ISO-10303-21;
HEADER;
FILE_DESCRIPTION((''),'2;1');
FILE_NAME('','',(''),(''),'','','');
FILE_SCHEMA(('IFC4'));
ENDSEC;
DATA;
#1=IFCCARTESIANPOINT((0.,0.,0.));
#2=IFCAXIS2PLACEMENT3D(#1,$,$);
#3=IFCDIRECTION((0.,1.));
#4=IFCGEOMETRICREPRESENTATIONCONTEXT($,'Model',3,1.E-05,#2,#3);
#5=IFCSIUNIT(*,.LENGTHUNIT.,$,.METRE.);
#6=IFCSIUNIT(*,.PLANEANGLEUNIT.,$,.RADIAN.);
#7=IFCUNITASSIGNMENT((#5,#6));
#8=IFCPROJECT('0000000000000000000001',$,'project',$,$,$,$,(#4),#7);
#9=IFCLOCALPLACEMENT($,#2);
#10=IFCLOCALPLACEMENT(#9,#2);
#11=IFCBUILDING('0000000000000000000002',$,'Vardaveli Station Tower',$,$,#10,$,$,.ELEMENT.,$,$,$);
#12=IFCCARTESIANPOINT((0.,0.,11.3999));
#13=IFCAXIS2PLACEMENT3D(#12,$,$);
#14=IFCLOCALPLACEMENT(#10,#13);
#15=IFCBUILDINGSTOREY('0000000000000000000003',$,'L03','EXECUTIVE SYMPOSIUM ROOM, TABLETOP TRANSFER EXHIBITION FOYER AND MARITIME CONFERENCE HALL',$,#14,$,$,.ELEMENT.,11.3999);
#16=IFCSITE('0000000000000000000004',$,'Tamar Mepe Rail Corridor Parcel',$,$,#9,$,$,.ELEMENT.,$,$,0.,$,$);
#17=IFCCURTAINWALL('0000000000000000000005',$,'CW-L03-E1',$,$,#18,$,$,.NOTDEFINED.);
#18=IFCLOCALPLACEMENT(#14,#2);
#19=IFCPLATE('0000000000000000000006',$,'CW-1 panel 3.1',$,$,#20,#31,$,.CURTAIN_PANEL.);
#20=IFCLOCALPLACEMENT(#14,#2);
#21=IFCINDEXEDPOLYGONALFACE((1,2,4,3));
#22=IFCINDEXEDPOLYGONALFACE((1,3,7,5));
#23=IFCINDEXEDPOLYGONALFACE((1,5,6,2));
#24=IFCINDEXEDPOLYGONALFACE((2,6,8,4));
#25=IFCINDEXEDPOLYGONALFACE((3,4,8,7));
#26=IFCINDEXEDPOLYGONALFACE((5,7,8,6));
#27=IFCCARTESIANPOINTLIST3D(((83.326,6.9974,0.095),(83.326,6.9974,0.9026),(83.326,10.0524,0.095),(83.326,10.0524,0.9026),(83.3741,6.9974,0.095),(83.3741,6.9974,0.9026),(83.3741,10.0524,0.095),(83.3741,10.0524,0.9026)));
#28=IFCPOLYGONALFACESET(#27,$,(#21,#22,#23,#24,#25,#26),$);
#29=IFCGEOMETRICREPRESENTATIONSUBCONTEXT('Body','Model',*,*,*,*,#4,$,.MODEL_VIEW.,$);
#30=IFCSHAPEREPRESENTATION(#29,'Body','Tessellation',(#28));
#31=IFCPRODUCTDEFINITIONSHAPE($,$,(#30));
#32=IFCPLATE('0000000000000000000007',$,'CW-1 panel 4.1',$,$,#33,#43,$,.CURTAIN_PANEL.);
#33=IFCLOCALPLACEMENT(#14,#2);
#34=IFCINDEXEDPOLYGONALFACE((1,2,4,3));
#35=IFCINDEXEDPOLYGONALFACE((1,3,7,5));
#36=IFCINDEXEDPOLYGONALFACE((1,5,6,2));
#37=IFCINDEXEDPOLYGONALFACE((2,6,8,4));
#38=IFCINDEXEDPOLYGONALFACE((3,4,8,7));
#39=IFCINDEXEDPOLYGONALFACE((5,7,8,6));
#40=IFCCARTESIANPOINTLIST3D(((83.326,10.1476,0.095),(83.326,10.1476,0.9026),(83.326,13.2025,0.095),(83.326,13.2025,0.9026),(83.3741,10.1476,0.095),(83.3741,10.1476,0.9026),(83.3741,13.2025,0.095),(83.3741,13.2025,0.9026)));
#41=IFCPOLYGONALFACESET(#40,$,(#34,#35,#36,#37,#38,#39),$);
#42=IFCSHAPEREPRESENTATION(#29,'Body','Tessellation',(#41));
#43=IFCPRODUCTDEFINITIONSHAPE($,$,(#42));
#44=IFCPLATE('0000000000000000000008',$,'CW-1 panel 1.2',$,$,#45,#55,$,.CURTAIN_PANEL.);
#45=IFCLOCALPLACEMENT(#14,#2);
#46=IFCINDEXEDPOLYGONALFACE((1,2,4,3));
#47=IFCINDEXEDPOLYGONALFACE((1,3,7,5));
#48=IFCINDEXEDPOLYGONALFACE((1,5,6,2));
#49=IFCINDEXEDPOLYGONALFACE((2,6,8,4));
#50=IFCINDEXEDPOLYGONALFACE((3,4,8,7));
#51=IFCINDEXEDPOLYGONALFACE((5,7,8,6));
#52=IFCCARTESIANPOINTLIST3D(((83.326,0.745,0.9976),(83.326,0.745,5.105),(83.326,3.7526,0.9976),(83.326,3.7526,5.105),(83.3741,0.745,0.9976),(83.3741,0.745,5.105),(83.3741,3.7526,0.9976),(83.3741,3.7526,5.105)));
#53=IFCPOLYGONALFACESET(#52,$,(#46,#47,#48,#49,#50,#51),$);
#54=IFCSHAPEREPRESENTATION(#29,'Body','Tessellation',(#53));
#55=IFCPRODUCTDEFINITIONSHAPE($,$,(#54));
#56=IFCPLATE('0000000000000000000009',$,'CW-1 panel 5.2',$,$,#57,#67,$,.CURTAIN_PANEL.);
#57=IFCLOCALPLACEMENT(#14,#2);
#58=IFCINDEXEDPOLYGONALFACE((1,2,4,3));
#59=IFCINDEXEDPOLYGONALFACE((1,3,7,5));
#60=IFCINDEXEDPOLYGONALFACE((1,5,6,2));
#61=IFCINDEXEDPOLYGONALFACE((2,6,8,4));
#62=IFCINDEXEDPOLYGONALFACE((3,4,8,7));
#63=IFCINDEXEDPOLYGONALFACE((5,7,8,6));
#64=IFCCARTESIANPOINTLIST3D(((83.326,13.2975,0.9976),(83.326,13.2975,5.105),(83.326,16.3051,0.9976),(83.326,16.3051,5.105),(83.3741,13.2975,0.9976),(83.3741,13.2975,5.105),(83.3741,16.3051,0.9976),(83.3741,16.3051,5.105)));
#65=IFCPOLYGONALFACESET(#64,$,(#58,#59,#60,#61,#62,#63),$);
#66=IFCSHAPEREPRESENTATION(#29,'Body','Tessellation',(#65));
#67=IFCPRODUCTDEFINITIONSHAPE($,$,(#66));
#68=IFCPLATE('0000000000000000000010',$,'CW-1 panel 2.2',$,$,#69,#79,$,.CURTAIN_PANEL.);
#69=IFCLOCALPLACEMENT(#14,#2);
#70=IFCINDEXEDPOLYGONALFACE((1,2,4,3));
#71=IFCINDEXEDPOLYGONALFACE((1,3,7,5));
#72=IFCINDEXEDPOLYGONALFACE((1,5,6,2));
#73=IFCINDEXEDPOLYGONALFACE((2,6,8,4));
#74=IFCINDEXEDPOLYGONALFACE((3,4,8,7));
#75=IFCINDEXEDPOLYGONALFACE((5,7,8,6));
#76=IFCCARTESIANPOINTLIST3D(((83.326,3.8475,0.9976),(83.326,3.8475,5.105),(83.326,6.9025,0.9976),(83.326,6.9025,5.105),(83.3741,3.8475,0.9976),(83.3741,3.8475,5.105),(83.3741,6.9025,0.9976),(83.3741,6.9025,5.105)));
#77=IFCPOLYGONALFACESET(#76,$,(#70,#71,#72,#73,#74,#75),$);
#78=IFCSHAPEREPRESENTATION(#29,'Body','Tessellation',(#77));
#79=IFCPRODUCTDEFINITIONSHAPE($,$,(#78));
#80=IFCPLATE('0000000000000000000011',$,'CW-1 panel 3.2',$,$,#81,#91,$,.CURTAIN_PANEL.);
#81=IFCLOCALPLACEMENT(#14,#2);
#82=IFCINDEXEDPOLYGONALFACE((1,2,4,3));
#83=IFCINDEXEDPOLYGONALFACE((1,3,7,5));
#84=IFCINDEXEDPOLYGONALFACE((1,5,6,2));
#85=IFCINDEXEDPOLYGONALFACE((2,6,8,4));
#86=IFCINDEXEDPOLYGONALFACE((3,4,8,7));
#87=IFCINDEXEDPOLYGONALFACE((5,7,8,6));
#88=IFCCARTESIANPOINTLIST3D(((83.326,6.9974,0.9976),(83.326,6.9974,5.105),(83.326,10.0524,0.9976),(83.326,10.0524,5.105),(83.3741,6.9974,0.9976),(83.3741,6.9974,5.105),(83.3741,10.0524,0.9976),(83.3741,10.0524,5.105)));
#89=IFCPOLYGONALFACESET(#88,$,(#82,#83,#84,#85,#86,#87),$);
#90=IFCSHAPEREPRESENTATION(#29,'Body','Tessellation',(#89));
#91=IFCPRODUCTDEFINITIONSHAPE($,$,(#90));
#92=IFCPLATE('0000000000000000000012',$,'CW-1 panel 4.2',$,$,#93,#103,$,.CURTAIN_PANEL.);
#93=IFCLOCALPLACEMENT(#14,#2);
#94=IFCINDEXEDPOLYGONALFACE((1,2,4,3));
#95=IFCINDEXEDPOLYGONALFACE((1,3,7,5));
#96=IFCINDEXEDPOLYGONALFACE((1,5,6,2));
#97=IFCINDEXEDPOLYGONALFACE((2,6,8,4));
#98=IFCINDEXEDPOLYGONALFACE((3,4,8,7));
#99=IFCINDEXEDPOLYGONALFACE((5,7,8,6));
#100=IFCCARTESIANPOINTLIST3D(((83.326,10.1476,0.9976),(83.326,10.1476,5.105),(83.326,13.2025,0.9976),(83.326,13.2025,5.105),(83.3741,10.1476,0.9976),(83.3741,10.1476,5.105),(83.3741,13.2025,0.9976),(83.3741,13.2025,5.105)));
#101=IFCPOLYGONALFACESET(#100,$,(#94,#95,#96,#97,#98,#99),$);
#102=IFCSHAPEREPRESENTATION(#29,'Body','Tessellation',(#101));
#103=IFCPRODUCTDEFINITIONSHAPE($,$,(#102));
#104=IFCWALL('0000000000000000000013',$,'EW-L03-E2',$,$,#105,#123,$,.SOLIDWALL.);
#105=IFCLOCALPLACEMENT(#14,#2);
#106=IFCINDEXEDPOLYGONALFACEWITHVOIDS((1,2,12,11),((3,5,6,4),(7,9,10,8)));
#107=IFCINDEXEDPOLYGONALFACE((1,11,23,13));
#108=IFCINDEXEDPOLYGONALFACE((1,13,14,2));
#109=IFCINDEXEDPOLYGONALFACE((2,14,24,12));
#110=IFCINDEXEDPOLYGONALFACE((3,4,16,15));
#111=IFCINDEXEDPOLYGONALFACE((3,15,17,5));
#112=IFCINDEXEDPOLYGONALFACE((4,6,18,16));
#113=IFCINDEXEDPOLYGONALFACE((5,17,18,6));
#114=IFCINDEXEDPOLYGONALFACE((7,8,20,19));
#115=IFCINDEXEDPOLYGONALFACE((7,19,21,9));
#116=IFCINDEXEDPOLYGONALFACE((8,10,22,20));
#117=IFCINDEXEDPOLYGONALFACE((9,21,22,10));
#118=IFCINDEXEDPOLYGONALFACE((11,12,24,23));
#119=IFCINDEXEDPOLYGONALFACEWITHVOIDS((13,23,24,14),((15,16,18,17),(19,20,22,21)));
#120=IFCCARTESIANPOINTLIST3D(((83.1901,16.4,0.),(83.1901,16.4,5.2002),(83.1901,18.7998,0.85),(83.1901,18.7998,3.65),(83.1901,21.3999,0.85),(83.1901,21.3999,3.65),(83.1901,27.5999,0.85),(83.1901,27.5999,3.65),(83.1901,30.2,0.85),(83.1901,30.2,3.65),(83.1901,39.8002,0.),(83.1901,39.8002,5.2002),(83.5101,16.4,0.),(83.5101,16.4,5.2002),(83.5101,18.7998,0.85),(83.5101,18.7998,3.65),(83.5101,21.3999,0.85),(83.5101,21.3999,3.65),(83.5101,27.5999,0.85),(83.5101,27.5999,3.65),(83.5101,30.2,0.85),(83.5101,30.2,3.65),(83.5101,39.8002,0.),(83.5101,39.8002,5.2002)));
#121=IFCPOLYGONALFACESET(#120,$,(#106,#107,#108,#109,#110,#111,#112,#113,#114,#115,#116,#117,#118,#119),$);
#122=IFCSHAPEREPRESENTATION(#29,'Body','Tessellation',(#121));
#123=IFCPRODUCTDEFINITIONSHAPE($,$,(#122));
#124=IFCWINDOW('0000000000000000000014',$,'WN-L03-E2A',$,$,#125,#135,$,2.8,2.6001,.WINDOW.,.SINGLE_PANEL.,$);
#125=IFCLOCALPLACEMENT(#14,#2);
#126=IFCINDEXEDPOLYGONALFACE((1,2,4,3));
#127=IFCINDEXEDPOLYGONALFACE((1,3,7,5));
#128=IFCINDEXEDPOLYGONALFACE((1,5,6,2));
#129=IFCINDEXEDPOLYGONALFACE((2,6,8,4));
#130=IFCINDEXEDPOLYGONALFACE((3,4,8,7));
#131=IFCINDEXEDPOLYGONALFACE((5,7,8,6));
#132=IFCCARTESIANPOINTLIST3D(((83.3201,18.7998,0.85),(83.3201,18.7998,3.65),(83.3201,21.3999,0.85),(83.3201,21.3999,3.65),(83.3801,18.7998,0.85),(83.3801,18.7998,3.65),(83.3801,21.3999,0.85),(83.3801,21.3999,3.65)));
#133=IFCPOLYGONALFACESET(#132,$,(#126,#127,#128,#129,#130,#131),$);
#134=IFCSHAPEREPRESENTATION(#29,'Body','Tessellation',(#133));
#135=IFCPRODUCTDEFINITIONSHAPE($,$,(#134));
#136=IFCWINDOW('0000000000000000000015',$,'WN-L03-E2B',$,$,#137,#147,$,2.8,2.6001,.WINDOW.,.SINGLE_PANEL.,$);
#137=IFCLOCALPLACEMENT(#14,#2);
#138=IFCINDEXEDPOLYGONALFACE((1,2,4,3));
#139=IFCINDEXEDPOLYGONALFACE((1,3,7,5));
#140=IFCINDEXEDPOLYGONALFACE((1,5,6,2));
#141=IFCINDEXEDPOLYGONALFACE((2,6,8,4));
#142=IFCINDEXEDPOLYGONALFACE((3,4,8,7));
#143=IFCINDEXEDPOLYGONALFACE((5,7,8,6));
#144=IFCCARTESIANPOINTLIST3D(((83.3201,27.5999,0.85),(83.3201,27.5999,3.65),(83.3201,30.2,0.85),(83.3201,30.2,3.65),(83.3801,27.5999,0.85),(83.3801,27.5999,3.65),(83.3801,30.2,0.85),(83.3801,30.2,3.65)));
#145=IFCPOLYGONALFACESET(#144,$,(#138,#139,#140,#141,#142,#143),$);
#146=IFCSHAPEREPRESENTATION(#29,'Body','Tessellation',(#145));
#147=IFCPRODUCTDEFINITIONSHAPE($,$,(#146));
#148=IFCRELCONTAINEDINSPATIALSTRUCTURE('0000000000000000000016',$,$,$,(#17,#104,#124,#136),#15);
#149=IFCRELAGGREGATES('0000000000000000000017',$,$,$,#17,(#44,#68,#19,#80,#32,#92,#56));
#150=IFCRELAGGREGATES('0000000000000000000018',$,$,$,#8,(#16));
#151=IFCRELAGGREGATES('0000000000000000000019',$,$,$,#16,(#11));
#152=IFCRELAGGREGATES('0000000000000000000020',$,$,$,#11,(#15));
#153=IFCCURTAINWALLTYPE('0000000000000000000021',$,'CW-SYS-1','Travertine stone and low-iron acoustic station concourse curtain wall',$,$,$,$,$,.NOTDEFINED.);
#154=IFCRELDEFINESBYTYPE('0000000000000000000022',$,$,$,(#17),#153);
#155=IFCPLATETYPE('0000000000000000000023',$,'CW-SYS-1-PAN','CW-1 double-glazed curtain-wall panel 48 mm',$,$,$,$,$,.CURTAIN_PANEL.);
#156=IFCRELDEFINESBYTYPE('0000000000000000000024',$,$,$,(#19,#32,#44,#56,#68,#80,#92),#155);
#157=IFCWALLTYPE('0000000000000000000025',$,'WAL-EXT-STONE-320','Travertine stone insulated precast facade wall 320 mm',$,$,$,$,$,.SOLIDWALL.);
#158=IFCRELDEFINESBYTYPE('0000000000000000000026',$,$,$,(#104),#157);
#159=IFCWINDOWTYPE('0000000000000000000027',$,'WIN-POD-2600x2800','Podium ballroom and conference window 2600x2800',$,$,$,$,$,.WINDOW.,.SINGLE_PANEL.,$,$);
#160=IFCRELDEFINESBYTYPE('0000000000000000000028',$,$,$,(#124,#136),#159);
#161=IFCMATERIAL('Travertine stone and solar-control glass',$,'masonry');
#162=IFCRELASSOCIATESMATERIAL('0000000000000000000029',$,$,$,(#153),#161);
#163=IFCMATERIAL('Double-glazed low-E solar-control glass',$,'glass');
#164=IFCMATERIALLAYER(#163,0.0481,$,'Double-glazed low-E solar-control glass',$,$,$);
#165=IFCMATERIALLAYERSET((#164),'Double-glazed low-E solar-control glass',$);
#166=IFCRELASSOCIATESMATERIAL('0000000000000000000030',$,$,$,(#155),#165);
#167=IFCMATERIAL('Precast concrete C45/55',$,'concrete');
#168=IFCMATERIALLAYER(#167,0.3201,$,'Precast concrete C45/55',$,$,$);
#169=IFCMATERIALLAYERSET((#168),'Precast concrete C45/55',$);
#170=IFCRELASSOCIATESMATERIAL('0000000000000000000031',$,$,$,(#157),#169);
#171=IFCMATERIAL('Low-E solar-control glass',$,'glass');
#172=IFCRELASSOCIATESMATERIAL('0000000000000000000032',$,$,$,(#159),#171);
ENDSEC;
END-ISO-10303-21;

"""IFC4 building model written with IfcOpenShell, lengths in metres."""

from ifc_helpers import new_model, si_unit, direction, frame, frame_2d, origin, origin_2d, place, context, subcontext, project, spatial, rectangle, extrude, source, transform, mapped, material, layer, layer_set, type_object, element, fill, aggregate, save


model = new_model("IFC4")

# Units and contexts
model_context = context("Model", 3, precision=1e-05, world=origin(), true_north=direction((0.0, 1.0)))
body_context = subcontext(model_context, "Body", "Model", "MODEL_VIEW")
ifc_project = project(units=[si_unit("LENGTHUNIT", "METRE"), si_unit("PLANEANGLEUNIT", "RADIAN")], contexts=[model_context])

# Site, building, storey
site_placement = place(None, origin())
site = spatial("IfcSite", under=ifc_project, at=site_placement, Name="Tamar Mepe Rail Corridor Parcel", CompositionType="ELEMENT", RefElevation=0.0)
building_placement = place(site_placement, origin())
building = spatial("IfcBuilding", under=site, at=building_placement, Name="Vardaveli Station Tower", CompositionType="ELEMENT")
storey_placement = place(building_placement, frame((0.0, 0.0, 11.3999)))
storey = spatial("IfcBuildingStorey", under=building, at=storey_placement, Name="L03", Description="EXECUTIVE SYMPOSIUM ROOM, TABLETOP TRANSFER EXHIBITION FOYER AND MARITIME CONFERENCE HALL", CompositionType="ELEMENT", Elevation=11.3999)

# Curtain wall, plates
ifc_material_1 = material(Name="Travertine stone and solar-control glass", Category="masonry")
curtain_wall_type = type_object("IfcCurtainWallType", Name="CW-SYS-1", Description="Travertine stone and low-iron acoustic station concourse curtain wall", PredefinedType="NOTDEFINED", material=ifc_material_1)
curtain_wall_placement = place(storey_placement, origin())
curtain_wall = element("IfcCurtainWall", 1, at=curtain_wall_placement, inside=storey, type_object=curtain_wall_type, Name="CW-L03-E1", PredefinedType="NOTDEFINED")
ifc_material_2 = material(Name="Double-glazed low-E solar-control glass", Category="glass")
ifc_layer_1 = layer(ifc_material_2, 0.0481, Name="Double-glazed low-E solar-control glass")
ifc_layer_set_1 = layer_set([ifc_layer_1], Name="Double-glazed low-E solar-control glass")
plate_type = type_object("IfcPlateType", Name="CW-SYS-1-PAN", Description="CW-1 double-glazed curtain-wall panel 48 mm", PredefinedType="CURTAIN_PANEL", material=ifc_layer_set_1)
shared_shape_1 = source(origin(), body_context, "Body", "SweptSolid", [
    extrude(rectangle(XDim=3.0549, YDim=0.0481, at=origin_2d()), origin(), (0.0, 0.0, 1.0), 0.8076),
])
plate_1_placement = place(storey_placement, frame((83.3501, 8.5249, 0.095), z_axis=(0.0, 0.0, 1.0), x_axis=(0.0, 1.0, 0.0)))
plate_1 = element("IfcPlate", 2, at=plate_1_placement, type_object=plate_type, Name="CW-1 panel 3.1", PredefinedType="CURTAIN_PANEL", context=body_context, shape_type="MappedRepresentation", body=[
    mapped(shared_shape_1, transform((0.0, 0.0, 0.0), scale=1.0)),
])
plate_2_placement = place(storey_placement, frame((83.3501, 11.675, 0.095), z_axis=(0.0, 0.0, 1.0), x_axis=(0.0, 1.0, 0.0)))
plate_2 = element("IfcPlate", 3, at=plate_2_placement, type_object=plate_type, Name="CW-1 panel 4.1", PredefinedType="CURTAIN_PANEL", context=body_context, shape_type="MappedRepresentation", body=[
    mapped(shared_shape_1, transform((0.0, 0.0, 0.0), scale=1.0)),
])
shared_shape_2 = source(origin(), body_context, "Body", "SweptSolid", [
    extrude(rectangle(XDim=3.0076, YDim=0.0481, at=origin_2d()), origin(), (0.0, 0.0, 1.0), 4.1074),
])
plate_3_placement = place(storey_placement, frame((83.3501, 2.2488, 0.9976), z_axis=(0.0, 0.0, 1.0), x_axis=(0.0, 1.0, 0.0)))
plate_3 = element("IfcPlate", 4, at=plate_3_placement, type_object=plate_type, Name="CW-1 panel 1.2", PredefinedType="CURTAIN_PANEL", context=body_context, shape_type="MappedRepresentation", body=[
    mapped(shared_shape_2, transform((0.0, 0.0, 0.0), scale=1.0)),
])
plate_4_placement = place(storey_placement, frame((83.3501, 14.8013, 0.9976), z_axis=(0.0, 0.0, 1.0), x_axis=(0.0, 1.0, 0.0)))
plate_4 = element("IfcPlate", 5, at=plate_4_placement, type_object=plate_type, Name="CW-1 panel 5.2", PredefinedType="CURTAIN_PANEL", context=body_context, shape_type="MappedRepresentation", body=[
    mapped(shared_shape_2, transform((0.0, 0.0, 0.0), scale=1.0)),
])
shared_shape_3 = source(origin(), body_context, "Body", "SweptSolid", [
    extrude(rectangle(XDim=3.0549, YDim=0.0481, at=origin_2d()), origin(), (0.0, 0.0, 1.0), 4.1074),
])
plate_5_placement = place(storey_placement, frame((83.3501, 5.375, 0.9976), z_axis=(0.0, 0.0, 1.0), x_axis=(0.0, 1.0, 0.0)))
plate_5 = element("IfcPlate", 6, at=plate_5_placement, type_object=plate_type, Name="CW-1 panel 2.2", PredefinedType="CURTAIN_PANEL", context=body_context, shape_type="MappedRepresentation", body=[
    mapped(shared_shape_3, transform((0.0, 0.0, 0.0), scale=1.0)),
])
plate_6_placement = place(storey_placement, frame((83.3501, 8.5249, 0.9976), z_axis=(0.0, 0.0, 1.0), x_axis=(0.0, 1.0, 0.0)))
plate_6 = element("IfcPlate", 7, at=plate_6_placement, type_object=plate_type, Name="CW-1 panel 3.2", PredefinedType="CURTAIN_PANEL", context=body_context, shape_type="MappedRepresentation", body=[
    mapped(shared_shape_3, transform((0.0, 0.0, 0.0), scale=1.0)),
])
plate_7_placement = place(storey_placement, frame((83.3501, 11.675, 0.9976), z_axis=(0.0, 0.0, 1.0), x_axis=(0.0, 1.0, 0.0)))
plate_7 = element("IfcPlate", 8, at=plate_7_placement, type_object=plate_type, Name="CW-1 panel 4.2", PredefinedType="CURTAIN_PANEL", context=body_context, shape_type="MappedRepresentation", body=[
    mapped(shared_shape_3, transform((0.0, 0.0, 0.0), scale=1.0)),
])
aggregate(curtain_wall, [plate_3, plate_5, plate_1, plate_6, plate_2, plate_7, plate_4])

# Wall, openings, windows
ifc_material_3 = material(Name="Precast concrete C45/55", Category="concrete")
ifc_layer_2 = layer(ifc_material_3, 0.3201, Name="Precast concrete C45/55")
ifc_layer_set_2 = layer_set([ifc_layer_2], Name="Precast concrete C45/55")
wall_type = type_object("IfcWallType", Name="WAL-EXT-STONE-320", Description="Travertine stone insulated precast facade wall 320 mm", PredefinedType="SOLIDWALL", material=ifc_layer_set_2)
shared_shape_4 = source(origin(), body_context, "Body", "SweptSolid", [
    extrude(rectangle(XDim=23.4001, YDim=0.3201, at=frame_2d((11.7002, 0.0))), origin(), (0.0, 0.0, 1.0), 5.2002),
])
wall_placement = place(storey_placement, frame((83.3501, 16.3999, 0.0), z_axis=(0.0, 0.0, 1.0), x_axis=(0.0, 1.0, 0.0)))
wall = element("IfcWall", 9, at=wall_placement, inside=storey, type_object=wall_type, Name="EW-L03-E2", PredefinedType="SOLIDWALL", context=body_context, shape_type="MappedRepresentation", body=[
    mapped(shared_shape_4, transform((0.0, 0.0, 0.0), scale=1.0)),
])
shared_shape_5 = source(origin(), body_context, "Body", "SweptSolid", [
    extrude(rectangle(XDim=2.6001, YDim=2.8, at=frame_2d((1.3, 1.3999))), frame((0.0, 0.1699, 0.0), z_axis=(0.0, -1.0, 0.0), x_axis=(1.0, 0.0, 0.0)), (0.0, 0.0, 1.0), 0.3401),
])
opening_1_placement = place(wall_placement, frame((2.3999, 0.0, 0.8501)))
opening_1 = element("IfcOpeningElement", 10, at=opening_1_placement, cuts=wall, PredefinedType="OPENING", context=body_context, shape_type="MappedRepresentation", body=[
    mapped(shared_shape_5, transform((0.0, 0.0, 0.0), scale=1.0)),
])
opening_2_placement = place(wall_placement, frame((11.2, 0.0, 0.8501)))
opening_2 = element("IfcOpeningElement", 11, at=opening_2_placement, cuts=wall, PredefinedType="OPENING", context=body_context, shape_type="MappedRepresentation", body=[
    mapped(shared_shape_5, transform((0.0, 0.0, 0.0), scale=1.0)),
])
ifc_material_4 = material(Name="Low-E solar-control glass", Category="glass")
window_type = type_object("IfcWindowType", Name="WIN-POD-2600x2800", Description="Podium ballroom and conference window 2600x2800", PartitioningType="SINGLE_PANEL", PredefinedType="WINDOW", material=ifc_material_4)
shared_shape_6 = source(origin(), body_context, "Body", "SweptSolid", [
    extrude(rectangle(XDim=2.6001, YDim=2.8, at=frame_2d((1.3, 1.3999))), frame((0.0, 0.03, 0.0), z_axis=(0.0, -1.0, 0.0), x_axis=(1.0, 0.0, 0.0)), (0.0, 0.0, 1.0), 0.0601),
])
window_1_placement = place(opening_1_placement, origin())
window_1 = element("IfcWindow", 12, at=window_1_placement, inside=storey, type_object=window_type, Name="WN-L03-E2A", OverallHeight=2.8, OverallWidth=2.6001, PartitioningType="SINGLE_PANEL", PredefinedType="WINDOW", context=body_context, shape_type="MappedRepresentation", body=[
    mapped(shared_shape_6, transform((0.0, 0.0, 0.0), scale=1.0)),
])
fill(opening_1, window_1)
window_2_placement = place(opening_2_placement, origin())
window_2 = element("IfcWindow", 13, at=window_2_placement, inside=storey, type_object=window_type, Name="WN-L03-E2B", OverallHeight=2.8, OverallWidth=2.6001, PartitioningType="SINGLE_PANEL", PredefinedType="WINDOW", context=body_context, shape_type="MappedRepresentation", body=[
    mapped(shared_shape_6, transform((0.0, 0.0, 0.0), scale=1.0)),
])
fill(opening_2, window_2)

save(model, "model.ifc")
